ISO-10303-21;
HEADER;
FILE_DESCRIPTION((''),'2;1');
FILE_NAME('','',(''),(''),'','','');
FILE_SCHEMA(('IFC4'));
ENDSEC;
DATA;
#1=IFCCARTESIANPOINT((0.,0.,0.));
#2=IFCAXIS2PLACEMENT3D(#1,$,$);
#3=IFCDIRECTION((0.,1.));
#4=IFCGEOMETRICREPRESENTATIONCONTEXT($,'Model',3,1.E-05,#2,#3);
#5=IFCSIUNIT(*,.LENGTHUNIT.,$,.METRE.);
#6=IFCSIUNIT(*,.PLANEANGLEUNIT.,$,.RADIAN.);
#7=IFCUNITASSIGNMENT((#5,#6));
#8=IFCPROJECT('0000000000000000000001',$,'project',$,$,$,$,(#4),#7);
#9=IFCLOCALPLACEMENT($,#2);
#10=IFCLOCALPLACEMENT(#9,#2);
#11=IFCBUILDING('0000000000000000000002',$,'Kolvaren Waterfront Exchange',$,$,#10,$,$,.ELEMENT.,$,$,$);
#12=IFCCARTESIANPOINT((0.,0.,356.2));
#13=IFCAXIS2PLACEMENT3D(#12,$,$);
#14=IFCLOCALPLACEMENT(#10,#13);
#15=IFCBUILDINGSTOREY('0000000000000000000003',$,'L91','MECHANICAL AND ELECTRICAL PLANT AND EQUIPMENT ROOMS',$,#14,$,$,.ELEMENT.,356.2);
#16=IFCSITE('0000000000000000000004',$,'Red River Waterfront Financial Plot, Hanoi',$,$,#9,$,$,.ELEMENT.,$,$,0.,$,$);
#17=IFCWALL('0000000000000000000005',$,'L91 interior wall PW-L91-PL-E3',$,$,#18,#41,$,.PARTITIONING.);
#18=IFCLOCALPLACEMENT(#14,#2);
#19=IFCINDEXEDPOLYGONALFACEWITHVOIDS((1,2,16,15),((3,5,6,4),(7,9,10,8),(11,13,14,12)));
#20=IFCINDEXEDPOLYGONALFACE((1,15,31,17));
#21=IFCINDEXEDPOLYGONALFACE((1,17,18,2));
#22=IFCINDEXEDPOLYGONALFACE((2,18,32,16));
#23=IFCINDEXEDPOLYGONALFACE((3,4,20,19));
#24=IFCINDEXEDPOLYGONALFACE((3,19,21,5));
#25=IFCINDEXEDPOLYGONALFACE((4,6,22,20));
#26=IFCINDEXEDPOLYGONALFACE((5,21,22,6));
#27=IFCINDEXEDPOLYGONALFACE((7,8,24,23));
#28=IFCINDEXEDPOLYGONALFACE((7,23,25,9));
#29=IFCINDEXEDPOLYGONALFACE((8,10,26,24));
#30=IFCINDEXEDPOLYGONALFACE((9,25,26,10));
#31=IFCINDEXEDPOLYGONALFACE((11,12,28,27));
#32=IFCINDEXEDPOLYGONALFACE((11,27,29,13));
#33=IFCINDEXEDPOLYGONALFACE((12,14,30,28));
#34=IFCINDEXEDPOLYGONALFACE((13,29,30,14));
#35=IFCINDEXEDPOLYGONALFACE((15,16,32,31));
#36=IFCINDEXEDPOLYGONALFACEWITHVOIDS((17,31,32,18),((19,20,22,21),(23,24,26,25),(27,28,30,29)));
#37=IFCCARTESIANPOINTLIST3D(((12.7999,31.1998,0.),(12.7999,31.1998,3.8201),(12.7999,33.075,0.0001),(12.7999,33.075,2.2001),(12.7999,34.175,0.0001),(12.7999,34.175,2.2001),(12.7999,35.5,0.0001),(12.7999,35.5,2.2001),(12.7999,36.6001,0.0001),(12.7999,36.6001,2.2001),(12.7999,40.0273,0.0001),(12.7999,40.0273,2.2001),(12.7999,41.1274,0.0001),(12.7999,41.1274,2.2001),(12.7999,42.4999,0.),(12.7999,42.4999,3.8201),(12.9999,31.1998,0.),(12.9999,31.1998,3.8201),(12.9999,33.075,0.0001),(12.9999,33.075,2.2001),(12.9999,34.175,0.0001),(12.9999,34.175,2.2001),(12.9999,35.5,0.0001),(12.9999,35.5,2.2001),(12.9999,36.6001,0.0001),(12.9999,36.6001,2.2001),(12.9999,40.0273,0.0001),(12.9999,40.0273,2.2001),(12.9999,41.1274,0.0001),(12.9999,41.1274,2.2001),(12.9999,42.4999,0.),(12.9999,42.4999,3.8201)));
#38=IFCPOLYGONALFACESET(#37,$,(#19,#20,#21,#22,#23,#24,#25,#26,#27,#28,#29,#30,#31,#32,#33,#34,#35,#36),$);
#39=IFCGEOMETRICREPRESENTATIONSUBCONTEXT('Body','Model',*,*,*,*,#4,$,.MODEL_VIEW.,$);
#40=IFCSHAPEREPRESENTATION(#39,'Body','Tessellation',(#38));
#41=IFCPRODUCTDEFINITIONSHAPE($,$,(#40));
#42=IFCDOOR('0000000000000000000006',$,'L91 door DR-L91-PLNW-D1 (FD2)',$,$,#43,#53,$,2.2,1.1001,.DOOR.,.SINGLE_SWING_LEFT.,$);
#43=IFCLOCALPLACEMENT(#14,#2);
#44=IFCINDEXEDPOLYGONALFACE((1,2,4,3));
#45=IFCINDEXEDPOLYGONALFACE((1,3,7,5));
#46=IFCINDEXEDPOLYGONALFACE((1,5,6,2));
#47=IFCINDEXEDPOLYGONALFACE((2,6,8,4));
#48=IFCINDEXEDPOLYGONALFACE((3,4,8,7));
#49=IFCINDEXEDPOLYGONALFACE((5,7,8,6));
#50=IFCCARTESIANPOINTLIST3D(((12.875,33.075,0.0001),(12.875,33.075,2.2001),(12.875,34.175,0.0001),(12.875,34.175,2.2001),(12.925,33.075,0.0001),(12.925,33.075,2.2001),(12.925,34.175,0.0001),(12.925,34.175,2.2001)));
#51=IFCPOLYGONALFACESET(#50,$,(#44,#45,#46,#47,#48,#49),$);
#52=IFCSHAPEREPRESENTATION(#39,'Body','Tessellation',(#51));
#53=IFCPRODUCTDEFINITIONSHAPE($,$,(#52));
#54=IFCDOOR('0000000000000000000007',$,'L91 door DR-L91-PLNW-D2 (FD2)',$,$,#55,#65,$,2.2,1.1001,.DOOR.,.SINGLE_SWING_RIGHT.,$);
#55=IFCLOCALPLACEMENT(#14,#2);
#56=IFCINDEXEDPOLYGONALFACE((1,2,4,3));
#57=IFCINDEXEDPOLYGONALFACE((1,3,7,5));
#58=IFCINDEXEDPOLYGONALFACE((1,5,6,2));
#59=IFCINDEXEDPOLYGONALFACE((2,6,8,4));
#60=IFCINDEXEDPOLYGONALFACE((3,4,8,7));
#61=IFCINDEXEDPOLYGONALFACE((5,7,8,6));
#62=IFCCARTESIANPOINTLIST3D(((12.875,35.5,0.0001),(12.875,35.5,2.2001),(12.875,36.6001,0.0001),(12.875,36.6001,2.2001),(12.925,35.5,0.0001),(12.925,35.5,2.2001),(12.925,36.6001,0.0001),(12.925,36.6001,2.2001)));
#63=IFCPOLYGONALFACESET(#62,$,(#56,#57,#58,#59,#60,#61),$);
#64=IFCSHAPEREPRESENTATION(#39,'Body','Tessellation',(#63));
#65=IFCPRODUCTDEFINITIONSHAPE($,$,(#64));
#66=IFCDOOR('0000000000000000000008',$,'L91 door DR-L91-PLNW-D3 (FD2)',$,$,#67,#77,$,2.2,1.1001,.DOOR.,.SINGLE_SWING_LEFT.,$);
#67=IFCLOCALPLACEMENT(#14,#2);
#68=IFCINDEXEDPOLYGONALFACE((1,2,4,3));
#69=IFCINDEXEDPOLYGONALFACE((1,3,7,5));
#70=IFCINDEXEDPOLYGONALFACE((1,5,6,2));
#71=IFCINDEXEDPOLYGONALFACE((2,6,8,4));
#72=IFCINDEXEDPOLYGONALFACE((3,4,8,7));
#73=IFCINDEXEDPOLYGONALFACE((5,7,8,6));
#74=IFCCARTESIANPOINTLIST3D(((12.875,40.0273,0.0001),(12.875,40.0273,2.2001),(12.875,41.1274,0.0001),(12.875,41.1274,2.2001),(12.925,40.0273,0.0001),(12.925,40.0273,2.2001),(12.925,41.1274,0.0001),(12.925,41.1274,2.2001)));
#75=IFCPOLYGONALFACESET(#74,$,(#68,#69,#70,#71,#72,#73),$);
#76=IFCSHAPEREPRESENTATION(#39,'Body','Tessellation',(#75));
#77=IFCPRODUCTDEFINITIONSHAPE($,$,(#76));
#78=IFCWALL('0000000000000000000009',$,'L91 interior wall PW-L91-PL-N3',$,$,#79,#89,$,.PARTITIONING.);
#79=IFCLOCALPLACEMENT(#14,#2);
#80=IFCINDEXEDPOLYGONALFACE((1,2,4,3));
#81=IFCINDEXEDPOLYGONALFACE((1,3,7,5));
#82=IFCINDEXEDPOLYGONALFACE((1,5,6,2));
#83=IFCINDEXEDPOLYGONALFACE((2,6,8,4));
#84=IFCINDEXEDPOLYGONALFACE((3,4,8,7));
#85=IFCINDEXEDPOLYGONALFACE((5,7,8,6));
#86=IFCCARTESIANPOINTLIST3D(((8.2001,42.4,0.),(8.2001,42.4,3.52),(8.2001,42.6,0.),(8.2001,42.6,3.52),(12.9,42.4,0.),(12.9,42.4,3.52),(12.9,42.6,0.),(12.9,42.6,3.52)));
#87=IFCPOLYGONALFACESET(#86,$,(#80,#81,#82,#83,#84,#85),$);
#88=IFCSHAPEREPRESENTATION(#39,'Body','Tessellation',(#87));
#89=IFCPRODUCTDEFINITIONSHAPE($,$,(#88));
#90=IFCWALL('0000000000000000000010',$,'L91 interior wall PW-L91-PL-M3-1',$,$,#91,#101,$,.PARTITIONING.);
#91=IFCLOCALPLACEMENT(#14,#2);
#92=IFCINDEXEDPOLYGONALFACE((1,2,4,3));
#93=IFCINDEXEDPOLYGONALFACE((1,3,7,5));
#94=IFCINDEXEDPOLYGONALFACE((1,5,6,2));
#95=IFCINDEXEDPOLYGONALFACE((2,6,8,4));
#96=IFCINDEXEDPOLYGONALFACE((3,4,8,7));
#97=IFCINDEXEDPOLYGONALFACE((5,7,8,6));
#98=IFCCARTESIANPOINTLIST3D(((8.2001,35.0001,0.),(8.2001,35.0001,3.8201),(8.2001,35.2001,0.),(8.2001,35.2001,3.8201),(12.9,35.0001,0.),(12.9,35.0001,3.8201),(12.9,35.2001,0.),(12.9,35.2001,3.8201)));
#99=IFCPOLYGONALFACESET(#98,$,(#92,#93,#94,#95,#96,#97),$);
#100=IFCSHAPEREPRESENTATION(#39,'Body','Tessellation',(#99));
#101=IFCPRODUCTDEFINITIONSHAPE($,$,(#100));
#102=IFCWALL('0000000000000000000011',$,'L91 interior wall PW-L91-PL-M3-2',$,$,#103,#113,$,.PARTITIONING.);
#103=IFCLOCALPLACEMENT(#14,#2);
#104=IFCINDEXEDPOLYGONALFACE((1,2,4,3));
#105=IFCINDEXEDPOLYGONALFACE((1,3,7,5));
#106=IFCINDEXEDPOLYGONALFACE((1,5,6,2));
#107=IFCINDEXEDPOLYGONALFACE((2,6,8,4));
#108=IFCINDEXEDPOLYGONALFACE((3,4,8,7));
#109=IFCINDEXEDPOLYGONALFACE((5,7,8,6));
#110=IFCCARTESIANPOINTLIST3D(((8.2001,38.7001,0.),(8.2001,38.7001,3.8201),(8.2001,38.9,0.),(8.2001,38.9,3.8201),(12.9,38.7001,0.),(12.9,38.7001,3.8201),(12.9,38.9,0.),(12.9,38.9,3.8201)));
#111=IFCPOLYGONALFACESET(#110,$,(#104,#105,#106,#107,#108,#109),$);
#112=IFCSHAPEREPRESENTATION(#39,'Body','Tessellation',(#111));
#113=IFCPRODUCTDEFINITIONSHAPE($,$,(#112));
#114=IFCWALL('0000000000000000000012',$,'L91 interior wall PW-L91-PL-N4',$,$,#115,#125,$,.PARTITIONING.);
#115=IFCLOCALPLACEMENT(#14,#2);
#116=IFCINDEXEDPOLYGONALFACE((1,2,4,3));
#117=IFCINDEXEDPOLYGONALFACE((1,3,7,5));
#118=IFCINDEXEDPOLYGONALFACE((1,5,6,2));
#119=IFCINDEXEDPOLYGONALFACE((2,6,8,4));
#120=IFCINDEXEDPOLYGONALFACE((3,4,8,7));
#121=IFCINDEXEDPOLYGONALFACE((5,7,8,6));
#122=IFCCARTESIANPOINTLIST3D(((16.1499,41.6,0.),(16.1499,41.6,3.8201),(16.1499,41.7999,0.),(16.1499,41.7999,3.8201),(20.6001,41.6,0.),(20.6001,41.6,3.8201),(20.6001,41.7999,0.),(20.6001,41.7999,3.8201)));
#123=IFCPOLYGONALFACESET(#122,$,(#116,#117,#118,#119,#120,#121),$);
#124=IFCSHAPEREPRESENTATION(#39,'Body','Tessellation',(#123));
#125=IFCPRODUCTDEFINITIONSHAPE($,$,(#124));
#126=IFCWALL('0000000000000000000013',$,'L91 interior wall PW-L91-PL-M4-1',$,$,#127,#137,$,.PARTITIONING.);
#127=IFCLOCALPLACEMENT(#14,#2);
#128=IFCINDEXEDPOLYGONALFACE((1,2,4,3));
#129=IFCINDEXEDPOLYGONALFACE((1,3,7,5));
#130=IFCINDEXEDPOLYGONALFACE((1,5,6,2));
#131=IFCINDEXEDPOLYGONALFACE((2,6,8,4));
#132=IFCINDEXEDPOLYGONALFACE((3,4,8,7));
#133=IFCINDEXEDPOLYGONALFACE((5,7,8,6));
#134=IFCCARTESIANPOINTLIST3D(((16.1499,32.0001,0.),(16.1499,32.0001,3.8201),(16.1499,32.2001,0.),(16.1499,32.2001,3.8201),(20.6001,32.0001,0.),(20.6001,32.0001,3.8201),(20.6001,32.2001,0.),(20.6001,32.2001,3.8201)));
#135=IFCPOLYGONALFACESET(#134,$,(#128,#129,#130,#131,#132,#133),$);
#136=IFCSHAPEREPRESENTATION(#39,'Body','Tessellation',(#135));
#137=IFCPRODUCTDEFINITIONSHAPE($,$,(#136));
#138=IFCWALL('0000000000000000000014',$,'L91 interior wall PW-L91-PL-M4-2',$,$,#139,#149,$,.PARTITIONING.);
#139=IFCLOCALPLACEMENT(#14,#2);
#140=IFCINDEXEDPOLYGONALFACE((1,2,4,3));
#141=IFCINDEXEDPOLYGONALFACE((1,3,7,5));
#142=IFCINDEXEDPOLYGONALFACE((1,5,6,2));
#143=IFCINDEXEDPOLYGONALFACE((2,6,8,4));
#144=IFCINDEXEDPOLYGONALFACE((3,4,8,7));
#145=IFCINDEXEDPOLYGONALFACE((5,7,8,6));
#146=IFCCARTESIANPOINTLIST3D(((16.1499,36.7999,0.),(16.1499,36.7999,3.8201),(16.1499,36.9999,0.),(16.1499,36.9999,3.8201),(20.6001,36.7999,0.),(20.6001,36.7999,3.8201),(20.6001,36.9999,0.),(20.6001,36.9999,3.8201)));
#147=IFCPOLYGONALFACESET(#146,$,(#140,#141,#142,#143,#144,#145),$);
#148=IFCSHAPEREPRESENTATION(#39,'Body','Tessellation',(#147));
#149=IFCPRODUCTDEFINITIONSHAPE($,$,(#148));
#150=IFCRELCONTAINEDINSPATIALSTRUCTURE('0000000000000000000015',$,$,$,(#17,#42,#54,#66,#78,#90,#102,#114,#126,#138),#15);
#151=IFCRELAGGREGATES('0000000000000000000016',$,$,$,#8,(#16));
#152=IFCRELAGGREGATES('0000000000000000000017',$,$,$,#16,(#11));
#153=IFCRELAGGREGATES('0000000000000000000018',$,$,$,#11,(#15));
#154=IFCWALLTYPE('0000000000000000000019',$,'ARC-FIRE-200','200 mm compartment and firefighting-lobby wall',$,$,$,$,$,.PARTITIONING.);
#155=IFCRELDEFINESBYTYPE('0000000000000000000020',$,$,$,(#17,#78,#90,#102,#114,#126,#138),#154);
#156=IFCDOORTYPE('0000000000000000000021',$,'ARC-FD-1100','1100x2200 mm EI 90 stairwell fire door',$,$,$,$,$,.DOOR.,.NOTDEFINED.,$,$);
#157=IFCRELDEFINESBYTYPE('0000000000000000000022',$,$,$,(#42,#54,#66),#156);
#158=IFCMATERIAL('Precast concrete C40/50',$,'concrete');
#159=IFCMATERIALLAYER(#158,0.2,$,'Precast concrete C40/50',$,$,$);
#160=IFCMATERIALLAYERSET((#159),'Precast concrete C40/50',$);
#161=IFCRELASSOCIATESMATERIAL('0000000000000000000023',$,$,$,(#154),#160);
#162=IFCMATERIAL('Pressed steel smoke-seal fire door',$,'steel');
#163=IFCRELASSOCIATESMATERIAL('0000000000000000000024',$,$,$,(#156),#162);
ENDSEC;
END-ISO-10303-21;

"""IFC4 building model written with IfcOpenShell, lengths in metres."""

from ifc_helpers import new_model, si_unit, direction, frame, frame_2d, origin, place, context, subcontext, project, spatial, rectangle, extrude, material, layer, layer_set, type_object, element, fill, save


model = new_model("IFC4")

# Units and contexts
model_context = context("Model", 3, precision=1e-05, world=origin(), true_north=direction((0.0, 1.0)))
body_context = subcontext(model_context, "Body", "Model", "MODEL_VIEW")
ifc_project = project(units=[si_unit("LENGTHUNIT", "METRE"), si_unit("PLANEANGLEUNIT", "RADIAN")], contexts=[model_context])

# Site, building, storey
site_placement = place(None, origin())
site = spatial("IfcSite", under=ifc_project, at=site_placement, Name="Red River Waterfront Financial Plot, Hanoi", CompositionType="ELEMENT", RefElevation=0.0)
building_placement = place(site_placement, origin())
building = spatial("IfcBuilding", under=site, at=building_placement, Name="Kolvaren Waterfront Exchange", CompositionType="ELEMENT")
storey_placement = place(building_placement, frame((0.0, 0.0, 356.2)))
storey = spatial("IfcBuildingStorey", under=building, at=storey_placement, Name="L91", Description="MECHANICAL AND ELECTRICAL PLANT AND EQUIPMENT ROOMS", CompositionType="ELEMENT", Elevation=356.2)

# Shared definitions
ifc_material_1 = material(Name="Precast concrete C40/50", Category="concrete")

# Wall, openings, doors
ifc_layer_1 = layer(ifc_material_1, 0.2, Name="Precast concrete C40/50")
ifc_layer_set_1 = layer_set([ifc_layer_1], Name="Precast concrete C40/50")
wall_type_1 = type_object("IfcWallType", Name="ARC-FIRE-200", Description="200 mm compartment and firefighting-lobby wall", PredefinedType="PARTITIONING", material=ifc_layer_set_1)
wall_1_placement = place(storey_placement, frame((12.8999, 31.2, 0.0), z_axis=(0.0, 0.0, 1.0), x_axis=(0.0, 1.0, 0.0)))
wall_1 = element("IfcWall", 1, at=wall_1_placement, inside=storey, type_object=wall_type_1, Name="L91 interior wall PW-L91-PL-E3", PredefinedType="PARTITIONING", context=body_context, shape_type="SweptSolid", body=[
    extrude(rectangle(XDim=11.3, YDim=0.2, at=frame_2d((5.6499, 0.0))), origin(), (0.0, 0.0, 1.0), 3.8201),
])
opening_1_placement = place(wall_1_placement, frame((1.875, 0.0, 0.0)))
opening_1 = element("IfcOpeningElement", 2, at=opening_1_placement, cuts=wall_1, PredefinedType="OPENING", context=body_context, shape_type="SweptSolid", body=[
    extrude(rectangle(XDim=1.1001, YDim=2.2, at=frame_2d((0.55, 1.1001))), frame((0.0, 0.1099, 0.0), z_axis=(0.0, -1.0, 0.0), x_axis=(1.0, 0.0, 0.0)), (0.0, 0.0, 1.0), 0.22),
])
opening_2_placement = place(wall_1_placement, frame((4.3, 0.0, 0.0)))
opening_2 = element("IfcOpeningElement", 3, at=opening_2_placement, cuts=wall_1, PredefinedType="OPENING", context=body_context, shape_type="SweptSolid", body=[
    extrude(rectangle(XDim=1.1001, YDim=2.2, at=frame_2d((0.55, 1.1001))), frame((0.0, 0.1099, 0.0), z_axis=(0.0, -1.0, 0.0), x_axis=(1.0, 0.0, 0.0)), (0.0, 0.0, 1.0), 0.22),
])
opening_3_placement = place(wall_1_placement, frame((8.8274, 0.0, 0.0)))
opening_3 = element("IfcOpeningElement", 4, at=opening_3_placement, cuts=wall_1, PredefinedType="OPENING", context=body_context, shape_type="SweptSolid", body=[
    extrude(rectangle(XDim=1.1001, YDim=2.2, at=frame_2d((0.55, 1.1001))), frame((0.0, 0.1099, 0.0), z_axis=(0.0, -1.0, 0.0), x_axis=(1.0, 0.0, 0.0)), (0.0, 0.0, 1.0), 0.22),
])
ifc_material_2 = material(Name="Pressed steel smoke-seal fire door", Category="steel")
door_type = type_object("IfcDoorType", Name="ARC-FD-1100", Description="1100x2200 mm EI 90 stairwell fire door", OperationType="NOTDEFINED", PredefinedType="DOOR", material=ifc_material_2)
door_1_placement = place(opening_1_placement, origin())
door_1 = element("IfcDoor", 5, at=door_1_placement, inside=storey, type_object=door_type, Name="L91 door DR-L91-PLNW-D1 (FD2)", OperationType="SINGLE_SWING_LEFT", OverallHeight=2.2, OverallWidth=1.1001, PredefinedType="DOOR", context=body_context, shape_type="SweptSolid", body=[
    extrude(rectangle(XDim=1.1001, YDim=2.2, at=frame_2d((0.55, 1.1001))), frame((0.0, 0.0249, 0.0), z_axis=(0.0, -1.0, 0.0), x_axis=(1.0, 0.0, 0.0)), (0.0, 0.0, 1.0), 0.05),
])
fill(opening_1, door_1)
door_2_placement = place(opening_2_placement, origin())
door_2 = element("IfcDoor", 6, at=door_2_placement, inside=storey, type_object=door_type, Name="L91 door DR-L91-PLNW-D2 (FD2)", OperationType="SINGLE_SWING_RIGHT", OverallHeight=2.2, OverallWidth=1.1001, PredefinedType="DOOR", context=body_context, shape_type="SweptSolid", body=[
    extrude(rectangle(XDim=1.1001, YDim=2.2, at=frame_2d((0.55, 1.1001))), frame((0.0, 0.0249, 0.0), z_axis=(0.0, -1.0, 0.0), x_axis=(1.0, 0.0, 0.0)), (0.0, 0.0, 1.0), 0.05),
])
fill(opening_2, door_2)
door_3_placement = place(opening_3_placement, origin())
door_3 = element("IfcDoor", 7, at=door_3_placement, inside=storey, type_object=door_type, Name="L91 door DR-L91-PLNW-D3 (FD2)", OperationType="SINGLE_SWING_LEFT", OverallHeight=2.2, OverallWidth=1.1001, PredefinedType="DOOR", context=body_context, shape_type="SweptSolid", body=[
    extrude(rectangle(XDim=1.1001, YDim=2.2, at=frame_2d((0.55, 1.1001))), frame((0.0, 0.0249, 0.0), z_axis=(0.0, -1.0, 0.0), x_axis=(1.0, 0.0, 0.0)), (0.0, 0.0, 1.0), 0.05),
])
fill(opening_3, door_3)

# Walls
wall_2_placement = place(storey_placement, frame((8.2, 42.5, 0.0), z_axis=(0.0, 0.0, 1.0), x_axis=(1.0, 0.0, 0.0)))
element("IfcWall", 8, at=wall_2_placement, inside=storey, type_object=wall_type_1, Name="L91 interior wall PW-L91-PL-N3", PredefinedType="PARTITIONING", context=body_context, shape_type="SweptSolid", body=[
    extrude(rectangle(XDim=4.7, YDim=0.2, at=frame_2d((2.3501, 0.0))), origin(), (0.0, 0.0, 1.0), 3.52),
])
for number, where, z_axis, x_axis, name in (
    (9, (8.2, 35.1001, 0.0), (0.0, 0.0, 1.0), (1.0, 0.0, 0.0), "L91 interior wall PW-L91-PL-M3-1"),
    (10, (8.2, 38.8, 0.0), (0.0, 0.0, 1.0), (1.0, 0.0, 0.0), "L91 interior wall PW-L91-PL-M3-2"),
):
    element("IfcWall", number, at=place(storey_placement, frame(where, z_axis=z_axis, x_axis=x_axis)), inside=storey, type_object=wall_type_1, Name=name, PredefinedType="PARTITIONING", context=body_context, shape_type="SweptSolid", body=[
        extrude(rectangle(XDim=4.7, YDim=0.2, at=frame_2d((2.3501, 0.0))), origin(), (0.0, 0.0, 1.0), 3.8201),
    ])
for number, where, z_axis, x_axis, name in (
    (11, (16.1499, 41.7, 0.0), (0.0, 0.0, 1.0), (1.0, 0.0, 0.0), "L91 interior wall PW-L91-PL-N4"),
    (12, (16.1499, 32.1001, 0.0), (0.0, 0.0, 1.0), (1.0, 0.0, 0.0), "L91 interior wall PW-L91-PL-M4-1"),
    (13, (16.1499, 36.8999, 0.0), (0.0, 0.0, 1.0), (1.0, 0.0, 0.0), "L91 interior wall PW-L91-PL-M4-2"),
):
    element("IfcWall", number, at=place(storey_placement, frame(where, z_axis=z_axis, x_axis=x_axis)), inside=storey, type_object=wall_type_1, Name=name, PredefinedType="PARTITIONING", context=body_context, shape_type="SweptSolid", body=[
        extrude(rectangle(XDim=4.4502, YDim=0.2, at=frame_2d((2.2251, 0.0))), origin(), (0.0, 0.0, 1.0), 3.8201),
    ])

save(model, "model.ifc")
